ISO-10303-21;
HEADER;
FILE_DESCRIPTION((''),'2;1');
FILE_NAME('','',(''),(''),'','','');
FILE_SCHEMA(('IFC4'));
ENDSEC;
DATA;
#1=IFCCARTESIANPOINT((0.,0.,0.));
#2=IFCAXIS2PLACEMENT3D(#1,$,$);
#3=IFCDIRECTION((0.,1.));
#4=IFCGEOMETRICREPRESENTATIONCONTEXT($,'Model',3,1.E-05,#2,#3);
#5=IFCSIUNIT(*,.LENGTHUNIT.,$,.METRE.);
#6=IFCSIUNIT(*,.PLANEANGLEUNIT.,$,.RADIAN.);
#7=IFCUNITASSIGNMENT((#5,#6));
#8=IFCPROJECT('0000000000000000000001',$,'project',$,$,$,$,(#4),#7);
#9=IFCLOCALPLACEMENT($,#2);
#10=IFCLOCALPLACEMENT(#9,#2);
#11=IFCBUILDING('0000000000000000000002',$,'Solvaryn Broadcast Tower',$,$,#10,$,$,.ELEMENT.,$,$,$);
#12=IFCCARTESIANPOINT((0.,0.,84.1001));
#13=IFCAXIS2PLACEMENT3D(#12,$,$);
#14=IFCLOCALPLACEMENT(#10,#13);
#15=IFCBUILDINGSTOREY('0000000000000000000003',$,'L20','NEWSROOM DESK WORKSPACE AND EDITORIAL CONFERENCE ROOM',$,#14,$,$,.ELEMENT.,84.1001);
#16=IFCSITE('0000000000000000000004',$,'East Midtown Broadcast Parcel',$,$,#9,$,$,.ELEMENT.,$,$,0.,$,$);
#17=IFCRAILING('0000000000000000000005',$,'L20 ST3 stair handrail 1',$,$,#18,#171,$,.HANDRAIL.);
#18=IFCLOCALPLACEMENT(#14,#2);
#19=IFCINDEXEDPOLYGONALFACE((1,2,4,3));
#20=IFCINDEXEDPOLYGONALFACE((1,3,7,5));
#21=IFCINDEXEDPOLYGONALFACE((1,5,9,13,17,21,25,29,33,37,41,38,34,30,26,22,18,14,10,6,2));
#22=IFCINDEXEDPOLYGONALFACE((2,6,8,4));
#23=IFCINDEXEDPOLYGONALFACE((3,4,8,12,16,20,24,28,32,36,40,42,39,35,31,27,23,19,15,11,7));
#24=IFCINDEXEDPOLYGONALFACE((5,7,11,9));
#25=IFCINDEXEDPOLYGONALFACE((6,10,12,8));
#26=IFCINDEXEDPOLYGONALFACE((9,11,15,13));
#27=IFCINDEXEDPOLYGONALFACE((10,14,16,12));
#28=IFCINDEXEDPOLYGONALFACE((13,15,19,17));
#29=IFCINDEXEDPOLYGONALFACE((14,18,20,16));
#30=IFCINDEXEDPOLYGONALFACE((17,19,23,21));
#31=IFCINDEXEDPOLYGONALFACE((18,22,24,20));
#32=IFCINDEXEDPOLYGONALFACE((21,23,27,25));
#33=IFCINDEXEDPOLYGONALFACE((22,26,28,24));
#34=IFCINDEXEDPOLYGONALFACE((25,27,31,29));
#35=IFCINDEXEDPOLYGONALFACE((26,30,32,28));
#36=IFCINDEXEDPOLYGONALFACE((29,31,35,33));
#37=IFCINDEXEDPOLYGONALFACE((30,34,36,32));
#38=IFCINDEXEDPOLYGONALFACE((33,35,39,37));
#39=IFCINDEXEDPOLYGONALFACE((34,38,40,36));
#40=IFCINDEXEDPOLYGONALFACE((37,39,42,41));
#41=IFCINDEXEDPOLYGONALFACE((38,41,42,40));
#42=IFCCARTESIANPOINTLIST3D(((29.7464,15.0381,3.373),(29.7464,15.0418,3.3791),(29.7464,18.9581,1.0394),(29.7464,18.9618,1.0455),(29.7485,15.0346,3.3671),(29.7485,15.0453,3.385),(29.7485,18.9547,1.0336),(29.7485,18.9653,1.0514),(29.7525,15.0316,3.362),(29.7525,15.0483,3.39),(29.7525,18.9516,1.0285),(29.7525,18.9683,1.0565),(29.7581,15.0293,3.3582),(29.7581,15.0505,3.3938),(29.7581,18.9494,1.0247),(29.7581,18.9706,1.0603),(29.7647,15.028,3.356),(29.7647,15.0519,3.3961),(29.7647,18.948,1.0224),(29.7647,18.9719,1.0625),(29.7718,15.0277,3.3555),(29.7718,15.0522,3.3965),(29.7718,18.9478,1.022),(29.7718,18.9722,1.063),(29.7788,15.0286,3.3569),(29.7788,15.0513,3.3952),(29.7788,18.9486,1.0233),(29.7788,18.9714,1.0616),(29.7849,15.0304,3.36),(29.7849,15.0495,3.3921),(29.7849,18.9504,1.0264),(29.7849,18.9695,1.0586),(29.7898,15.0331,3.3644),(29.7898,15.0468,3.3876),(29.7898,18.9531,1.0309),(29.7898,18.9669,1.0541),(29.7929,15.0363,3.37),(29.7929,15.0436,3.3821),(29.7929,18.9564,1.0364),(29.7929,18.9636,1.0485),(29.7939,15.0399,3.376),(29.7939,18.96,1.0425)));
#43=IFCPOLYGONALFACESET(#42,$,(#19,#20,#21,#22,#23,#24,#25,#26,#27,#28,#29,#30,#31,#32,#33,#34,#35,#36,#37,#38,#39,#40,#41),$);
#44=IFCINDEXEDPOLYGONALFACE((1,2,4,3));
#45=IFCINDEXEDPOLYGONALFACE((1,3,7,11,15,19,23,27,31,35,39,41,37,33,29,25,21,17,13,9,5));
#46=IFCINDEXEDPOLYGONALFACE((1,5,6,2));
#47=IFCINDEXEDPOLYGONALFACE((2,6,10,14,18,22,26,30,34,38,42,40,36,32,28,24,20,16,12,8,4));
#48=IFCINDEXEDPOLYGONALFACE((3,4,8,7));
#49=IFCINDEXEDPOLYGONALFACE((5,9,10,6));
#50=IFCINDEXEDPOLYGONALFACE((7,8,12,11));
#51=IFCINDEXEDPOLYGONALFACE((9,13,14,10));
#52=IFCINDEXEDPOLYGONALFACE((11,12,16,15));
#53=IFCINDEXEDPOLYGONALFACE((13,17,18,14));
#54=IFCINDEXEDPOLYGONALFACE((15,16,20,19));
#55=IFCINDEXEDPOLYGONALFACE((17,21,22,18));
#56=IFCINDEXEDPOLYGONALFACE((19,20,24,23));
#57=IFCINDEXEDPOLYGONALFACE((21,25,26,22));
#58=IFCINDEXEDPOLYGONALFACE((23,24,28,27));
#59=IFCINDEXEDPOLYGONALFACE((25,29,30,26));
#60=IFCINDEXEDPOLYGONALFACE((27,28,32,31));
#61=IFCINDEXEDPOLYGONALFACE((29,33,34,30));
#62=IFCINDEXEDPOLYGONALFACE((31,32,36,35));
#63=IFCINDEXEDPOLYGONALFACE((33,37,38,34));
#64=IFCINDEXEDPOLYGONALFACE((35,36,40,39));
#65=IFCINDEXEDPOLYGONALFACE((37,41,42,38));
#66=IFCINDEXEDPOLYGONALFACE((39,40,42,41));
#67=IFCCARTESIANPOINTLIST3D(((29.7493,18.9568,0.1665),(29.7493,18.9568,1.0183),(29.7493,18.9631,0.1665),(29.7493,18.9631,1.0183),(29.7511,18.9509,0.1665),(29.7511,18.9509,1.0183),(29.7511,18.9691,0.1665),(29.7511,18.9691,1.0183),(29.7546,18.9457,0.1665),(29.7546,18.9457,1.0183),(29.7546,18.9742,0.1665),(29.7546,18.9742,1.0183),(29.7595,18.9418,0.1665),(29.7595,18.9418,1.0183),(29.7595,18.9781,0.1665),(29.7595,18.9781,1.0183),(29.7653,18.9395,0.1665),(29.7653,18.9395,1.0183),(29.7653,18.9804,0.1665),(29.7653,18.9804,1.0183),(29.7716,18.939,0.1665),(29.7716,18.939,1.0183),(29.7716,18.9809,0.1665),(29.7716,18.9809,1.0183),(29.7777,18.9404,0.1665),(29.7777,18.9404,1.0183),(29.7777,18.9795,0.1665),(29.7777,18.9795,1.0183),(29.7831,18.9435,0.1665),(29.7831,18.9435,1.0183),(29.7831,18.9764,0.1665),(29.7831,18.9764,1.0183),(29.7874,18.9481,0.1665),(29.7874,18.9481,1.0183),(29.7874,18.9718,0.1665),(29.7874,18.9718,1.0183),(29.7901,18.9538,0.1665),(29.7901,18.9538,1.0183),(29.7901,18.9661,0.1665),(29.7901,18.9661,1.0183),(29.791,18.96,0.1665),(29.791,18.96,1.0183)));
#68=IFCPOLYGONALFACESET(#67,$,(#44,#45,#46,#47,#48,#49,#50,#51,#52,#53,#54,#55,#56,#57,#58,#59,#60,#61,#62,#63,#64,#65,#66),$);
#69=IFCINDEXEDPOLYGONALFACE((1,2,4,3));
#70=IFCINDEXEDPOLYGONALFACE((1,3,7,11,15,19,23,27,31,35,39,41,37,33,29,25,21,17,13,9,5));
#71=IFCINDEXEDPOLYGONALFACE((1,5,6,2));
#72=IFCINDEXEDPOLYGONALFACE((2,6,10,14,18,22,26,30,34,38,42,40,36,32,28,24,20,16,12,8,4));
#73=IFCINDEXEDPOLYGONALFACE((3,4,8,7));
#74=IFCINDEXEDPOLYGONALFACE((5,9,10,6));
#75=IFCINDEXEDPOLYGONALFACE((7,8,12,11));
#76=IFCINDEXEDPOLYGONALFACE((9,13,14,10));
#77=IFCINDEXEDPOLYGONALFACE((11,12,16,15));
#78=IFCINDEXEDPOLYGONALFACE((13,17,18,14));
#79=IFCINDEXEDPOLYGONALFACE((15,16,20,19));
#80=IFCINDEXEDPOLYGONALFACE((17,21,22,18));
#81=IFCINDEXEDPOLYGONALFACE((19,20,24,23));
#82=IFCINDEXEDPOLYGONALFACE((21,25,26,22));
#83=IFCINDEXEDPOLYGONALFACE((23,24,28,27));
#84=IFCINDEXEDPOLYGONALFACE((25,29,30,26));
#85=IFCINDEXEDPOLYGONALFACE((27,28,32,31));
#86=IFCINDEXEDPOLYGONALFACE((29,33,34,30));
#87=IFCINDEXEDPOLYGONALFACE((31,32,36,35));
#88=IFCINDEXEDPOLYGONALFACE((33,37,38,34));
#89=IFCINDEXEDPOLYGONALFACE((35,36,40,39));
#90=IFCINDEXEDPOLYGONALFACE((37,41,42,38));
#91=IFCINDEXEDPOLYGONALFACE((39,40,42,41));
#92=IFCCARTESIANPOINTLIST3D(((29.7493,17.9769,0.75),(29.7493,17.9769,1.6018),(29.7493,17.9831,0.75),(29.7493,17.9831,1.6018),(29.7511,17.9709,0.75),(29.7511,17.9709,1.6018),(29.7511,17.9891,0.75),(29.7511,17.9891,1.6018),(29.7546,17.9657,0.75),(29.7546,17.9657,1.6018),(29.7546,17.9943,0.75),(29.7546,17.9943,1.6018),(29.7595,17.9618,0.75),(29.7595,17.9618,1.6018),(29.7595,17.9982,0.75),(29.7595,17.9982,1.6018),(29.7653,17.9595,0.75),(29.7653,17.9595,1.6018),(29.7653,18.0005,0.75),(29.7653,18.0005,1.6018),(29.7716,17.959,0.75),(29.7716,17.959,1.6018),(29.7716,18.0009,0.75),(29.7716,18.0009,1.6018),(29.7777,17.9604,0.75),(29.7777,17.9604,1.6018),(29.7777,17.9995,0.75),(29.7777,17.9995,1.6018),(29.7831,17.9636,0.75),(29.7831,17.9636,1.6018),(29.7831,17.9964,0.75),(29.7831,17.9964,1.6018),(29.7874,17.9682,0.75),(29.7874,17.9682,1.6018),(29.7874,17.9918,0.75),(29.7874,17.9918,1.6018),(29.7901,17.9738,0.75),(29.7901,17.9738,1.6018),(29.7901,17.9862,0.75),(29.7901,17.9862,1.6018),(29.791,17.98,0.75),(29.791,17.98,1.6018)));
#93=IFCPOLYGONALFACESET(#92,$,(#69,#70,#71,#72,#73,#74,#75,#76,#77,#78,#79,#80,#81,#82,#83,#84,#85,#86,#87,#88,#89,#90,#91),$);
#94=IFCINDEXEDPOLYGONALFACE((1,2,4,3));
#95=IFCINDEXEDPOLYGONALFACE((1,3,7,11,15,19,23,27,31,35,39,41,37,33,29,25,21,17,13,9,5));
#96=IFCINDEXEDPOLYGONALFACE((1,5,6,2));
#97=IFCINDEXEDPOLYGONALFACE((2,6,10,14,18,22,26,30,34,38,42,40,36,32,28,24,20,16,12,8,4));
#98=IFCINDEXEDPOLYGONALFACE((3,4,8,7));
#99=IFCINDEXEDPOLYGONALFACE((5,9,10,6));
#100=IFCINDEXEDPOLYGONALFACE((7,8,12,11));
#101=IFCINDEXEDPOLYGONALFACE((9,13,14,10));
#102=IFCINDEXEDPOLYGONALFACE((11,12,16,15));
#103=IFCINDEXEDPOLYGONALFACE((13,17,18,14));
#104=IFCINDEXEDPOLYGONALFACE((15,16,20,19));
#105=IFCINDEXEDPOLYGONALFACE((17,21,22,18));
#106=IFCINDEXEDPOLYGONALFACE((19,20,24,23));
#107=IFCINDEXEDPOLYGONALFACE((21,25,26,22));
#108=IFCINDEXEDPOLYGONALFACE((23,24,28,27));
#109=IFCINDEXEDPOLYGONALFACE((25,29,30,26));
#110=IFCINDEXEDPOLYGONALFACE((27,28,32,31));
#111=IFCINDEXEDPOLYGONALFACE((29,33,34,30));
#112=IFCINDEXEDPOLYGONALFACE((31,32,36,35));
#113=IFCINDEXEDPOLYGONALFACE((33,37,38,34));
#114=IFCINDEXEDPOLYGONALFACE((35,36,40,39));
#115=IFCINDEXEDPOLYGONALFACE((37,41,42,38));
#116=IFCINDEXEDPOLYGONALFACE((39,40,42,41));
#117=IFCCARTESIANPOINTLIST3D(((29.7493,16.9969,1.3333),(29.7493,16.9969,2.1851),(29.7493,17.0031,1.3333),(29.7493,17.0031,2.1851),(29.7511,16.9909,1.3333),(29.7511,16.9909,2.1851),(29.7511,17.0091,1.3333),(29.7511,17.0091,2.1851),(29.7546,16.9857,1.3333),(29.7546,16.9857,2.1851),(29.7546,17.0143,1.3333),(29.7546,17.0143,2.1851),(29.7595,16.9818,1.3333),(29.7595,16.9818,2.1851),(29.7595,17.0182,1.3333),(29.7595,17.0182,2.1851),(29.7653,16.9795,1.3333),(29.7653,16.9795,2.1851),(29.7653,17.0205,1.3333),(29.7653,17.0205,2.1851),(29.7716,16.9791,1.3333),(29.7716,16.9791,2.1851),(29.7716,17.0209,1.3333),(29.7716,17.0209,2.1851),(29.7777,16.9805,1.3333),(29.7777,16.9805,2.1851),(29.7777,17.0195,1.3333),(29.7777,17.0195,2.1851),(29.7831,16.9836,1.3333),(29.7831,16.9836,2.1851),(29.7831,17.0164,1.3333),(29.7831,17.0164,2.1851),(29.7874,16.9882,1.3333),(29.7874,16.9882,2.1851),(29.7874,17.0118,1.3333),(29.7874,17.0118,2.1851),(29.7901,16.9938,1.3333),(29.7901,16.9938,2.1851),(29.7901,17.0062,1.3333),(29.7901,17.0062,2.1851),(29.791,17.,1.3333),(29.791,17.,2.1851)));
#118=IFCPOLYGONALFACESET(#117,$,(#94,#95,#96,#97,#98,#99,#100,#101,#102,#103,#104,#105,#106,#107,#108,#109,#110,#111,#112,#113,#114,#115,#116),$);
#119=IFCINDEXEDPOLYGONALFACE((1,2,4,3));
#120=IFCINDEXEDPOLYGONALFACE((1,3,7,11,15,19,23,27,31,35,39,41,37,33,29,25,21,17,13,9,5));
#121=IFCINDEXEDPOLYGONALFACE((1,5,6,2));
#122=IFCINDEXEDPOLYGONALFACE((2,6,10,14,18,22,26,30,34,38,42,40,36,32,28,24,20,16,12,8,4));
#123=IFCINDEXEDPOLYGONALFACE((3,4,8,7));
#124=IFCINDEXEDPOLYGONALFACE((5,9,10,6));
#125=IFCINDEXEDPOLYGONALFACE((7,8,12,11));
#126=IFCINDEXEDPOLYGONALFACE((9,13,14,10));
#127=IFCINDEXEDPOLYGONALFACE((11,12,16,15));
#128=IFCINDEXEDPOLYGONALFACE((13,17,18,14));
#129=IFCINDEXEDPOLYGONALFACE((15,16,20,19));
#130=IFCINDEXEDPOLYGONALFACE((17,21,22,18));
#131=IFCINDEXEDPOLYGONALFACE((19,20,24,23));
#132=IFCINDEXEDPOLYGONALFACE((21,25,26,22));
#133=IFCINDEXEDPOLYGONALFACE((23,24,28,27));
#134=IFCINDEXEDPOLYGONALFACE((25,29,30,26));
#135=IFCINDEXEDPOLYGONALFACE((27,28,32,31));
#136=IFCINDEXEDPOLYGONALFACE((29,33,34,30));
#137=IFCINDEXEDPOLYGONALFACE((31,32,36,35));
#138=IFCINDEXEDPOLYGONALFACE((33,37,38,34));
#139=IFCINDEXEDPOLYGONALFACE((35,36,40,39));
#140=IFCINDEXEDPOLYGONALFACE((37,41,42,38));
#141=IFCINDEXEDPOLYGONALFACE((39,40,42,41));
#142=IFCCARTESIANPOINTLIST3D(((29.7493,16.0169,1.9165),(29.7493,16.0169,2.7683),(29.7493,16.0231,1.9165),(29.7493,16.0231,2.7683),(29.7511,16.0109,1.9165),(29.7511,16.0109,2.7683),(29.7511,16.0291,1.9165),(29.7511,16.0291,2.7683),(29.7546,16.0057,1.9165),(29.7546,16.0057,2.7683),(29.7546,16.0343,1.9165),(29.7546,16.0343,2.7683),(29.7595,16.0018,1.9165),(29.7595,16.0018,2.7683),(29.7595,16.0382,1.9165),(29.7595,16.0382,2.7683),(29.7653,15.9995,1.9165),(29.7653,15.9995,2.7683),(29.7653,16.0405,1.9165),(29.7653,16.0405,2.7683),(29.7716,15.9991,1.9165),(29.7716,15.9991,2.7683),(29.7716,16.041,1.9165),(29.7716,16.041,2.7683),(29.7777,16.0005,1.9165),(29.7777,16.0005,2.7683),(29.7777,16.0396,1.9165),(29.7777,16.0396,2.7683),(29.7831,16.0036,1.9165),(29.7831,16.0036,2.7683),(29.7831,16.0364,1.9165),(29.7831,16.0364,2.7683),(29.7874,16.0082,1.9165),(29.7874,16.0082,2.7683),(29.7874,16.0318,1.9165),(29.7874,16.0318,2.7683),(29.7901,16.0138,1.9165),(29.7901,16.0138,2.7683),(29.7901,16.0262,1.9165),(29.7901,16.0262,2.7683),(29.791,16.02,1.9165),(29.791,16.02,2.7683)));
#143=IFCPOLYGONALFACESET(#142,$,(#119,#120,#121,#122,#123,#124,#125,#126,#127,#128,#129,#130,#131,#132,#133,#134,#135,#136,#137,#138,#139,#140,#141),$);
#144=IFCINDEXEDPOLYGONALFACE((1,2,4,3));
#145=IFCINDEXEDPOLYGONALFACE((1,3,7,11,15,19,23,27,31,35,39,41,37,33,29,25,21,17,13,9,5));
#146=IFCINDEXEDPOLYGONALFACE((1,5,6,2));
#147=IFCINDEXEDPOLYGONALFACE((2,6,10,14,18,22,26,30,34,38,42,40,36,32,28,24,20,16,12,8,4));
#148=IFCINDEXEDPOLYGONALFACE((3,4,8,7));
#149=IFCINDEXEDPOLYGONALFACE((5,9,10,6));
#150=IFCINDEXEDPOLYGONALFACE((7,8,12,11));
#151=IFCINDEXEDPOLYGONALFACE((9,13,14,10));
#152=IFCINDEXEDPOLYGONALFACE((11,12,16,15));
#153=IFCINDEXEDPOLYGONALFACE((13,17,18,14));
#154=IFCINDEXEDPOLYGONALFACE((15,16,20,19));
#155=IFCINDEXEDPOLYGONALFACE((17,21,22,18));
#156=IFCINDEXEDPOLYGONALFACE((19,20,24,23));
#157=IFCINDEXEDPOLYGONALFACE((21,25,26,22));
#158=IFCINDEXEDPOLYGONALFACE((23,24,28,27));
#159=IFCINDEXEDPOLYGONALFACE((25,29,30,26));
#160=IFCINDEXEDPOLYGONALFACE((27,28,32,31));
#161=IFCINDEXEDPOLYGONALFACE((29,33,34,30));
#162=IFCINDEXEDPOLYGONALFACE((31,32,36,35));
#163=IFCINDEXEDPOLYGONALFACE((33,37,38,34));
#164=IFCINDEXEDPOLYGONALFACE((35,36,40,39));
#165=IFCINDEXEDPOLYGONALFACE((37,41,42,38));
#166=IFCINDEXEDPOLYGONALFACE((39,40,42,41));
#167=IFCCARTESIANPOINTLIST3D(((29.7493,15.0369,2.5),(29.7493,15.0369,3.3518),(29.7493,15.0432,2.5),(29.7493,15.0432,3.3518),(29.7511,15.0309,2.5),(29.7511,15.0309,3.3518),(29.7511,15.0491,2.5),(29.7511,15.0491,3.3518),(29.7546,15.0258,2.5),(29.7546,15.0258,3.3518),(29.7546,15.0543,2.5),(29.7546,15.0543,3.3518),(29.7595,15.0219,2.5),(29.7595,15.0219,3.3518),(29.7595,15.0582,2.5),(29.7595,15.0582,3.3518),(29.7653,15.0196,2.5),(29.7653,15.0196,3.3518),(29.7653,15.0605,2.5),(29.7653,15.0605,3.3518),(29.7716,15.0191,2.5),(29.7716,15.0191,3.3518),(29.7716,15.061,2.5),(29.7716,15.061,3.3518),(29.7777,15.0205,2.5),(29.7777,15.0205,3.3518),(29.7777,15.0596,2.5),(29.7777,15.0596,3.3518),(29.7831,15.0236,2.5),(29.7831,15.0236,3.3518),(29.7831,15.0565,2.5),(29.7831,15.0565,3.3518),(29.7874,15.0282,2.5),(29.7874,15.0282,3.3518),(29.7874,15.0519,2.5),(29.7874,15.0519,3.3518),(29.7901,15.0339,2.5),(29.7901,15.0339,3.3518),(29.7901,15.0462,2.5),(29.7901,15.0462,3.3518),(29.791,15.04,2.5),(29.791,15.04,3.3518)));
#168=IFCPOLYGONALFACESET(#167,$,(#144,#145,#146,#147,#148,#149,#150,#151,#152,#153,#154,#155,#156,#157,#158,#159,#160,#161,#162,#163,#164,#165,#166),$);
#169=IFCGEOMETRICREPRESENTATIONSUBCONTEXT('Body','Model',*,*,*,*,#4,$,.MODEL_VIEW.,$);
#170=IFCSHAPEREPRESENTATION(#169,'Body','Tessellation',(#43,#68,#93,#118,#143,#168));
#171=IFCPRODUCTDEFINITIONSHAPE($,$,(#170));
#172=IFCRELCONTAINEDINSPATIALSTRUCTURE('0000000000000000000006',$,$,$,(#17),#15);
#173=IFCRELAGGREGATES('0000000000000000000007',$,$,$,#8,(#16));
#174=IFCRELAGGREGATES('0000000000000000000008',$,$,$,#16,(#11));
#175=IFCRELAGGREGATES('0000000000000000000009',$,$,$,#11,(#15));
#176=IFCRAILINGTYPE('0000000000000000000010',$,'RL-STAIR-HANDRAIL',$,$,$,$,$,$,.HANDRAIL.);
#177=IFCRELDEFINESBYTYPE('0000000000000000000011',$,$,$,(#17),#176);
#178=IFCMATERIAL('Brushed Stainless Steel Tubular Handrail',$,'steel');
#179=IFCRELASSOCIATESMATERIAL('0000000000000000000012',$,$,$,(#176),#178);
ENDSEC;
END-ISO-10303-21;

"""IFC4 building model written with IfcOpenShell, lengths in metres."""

from ifc_helpers import new_model, si_unit, direction, frame, origin, origin_2d, place, context, subcontext, project, spatial, circle, extrude, material, type_object, element, save


model = new_model("IFC4")

# Units and contexts
model_context = context("Model", 3, precision=1e-05, world=origin(), true_north=direction((0.0, 1.0)))
body_context = subcontext(model_context, "Body", "Model", "MODEL_VIEW")
ifc_project = project(units=[si_unit("LENGTHUNIT", "METRE"), si_unit("PLANEANGLEUNIT", "RADIAN")], contexts=[model_context])

# Site, building, storey
site_placement = place(None, origin())
site = spatial("IfcSite", under=ifc_project, at=site_placement, Name="East Midtown Broadcast Parcel", CompositionType="ELEMENT", RefElevation=0.0)
building_placement = place(site_placement, origin())
building = spatial("IfcBuilding", under=site, at=building_placement, Name="Solvaryn Broadcast Tower", CompositionType="ELEMENT")
storey_placement = place(building_placement, frame((0.0, 0.0, 84.1001)))
storey = spatial("IfcBuildingStorey", under=building, at=storey_placement, Name="L20", Description="NEWSROOM DESK WORKSPACE AND EDITORIAL CONFERENCE ROOM", CompositionType="ELEMENT", Elevation=84.1001)

# Railing
ifc_material_1 = material(Name="Brushed Stainless Steel Tubular Handrail", Category="steel")
railing_type_1 = type_object("IfcRailingType", Name="RL-STAIR-HANDRAIL", PredefinedType="HANDRAIL", material=ifc_material_1)
railing_1_placement = place(storey_placement, frame((29.77, 18.96, 0.1665)))
element("IfcRailing", 1, at=railing_1_placement, inside=storey, type_object=railing_type_1, Name="L20 ST3 stair handrail 1", PredefinedType="HANDRAIL", context=body_context, shape_type="SweptSolid", body=[
    extrude(circle(Radius=0.0239, at=origin_2d()), frame((0.0, 0.0, 0.876), z_axis=(0.0, -0.859273, 0.511518), x_axis=(1.0, 0.0, 0.0)), (0.0, 0.0, 1.0), 4.562),
    extrude(circle(Radius=0.021, at=origin_2d()), origin(), (0.0, 0.0, 1.0), 0.8518),
    extrude(circle(Radius=0.021, at=origin_2d()), frame((0.0, -0.98, 0.5835)), (0.0, 0.0, 1.0), 0.8518),
    extrude(circle(Radius=0.021, at=origin_2d()), frame((0.0, -1.96, 1.1667)), (0.0, 0.0, 1.0), 0.8518),
    extrude(circle(Radius=0.021, at=origin_2d()), frame((0.0, -2.9399, 1.75)), (0.0, 0.0, 1.0), 0.8518),
    extrude(circle(Radius=0.021, at=origin_2d()), frame((0.0, -3.9199, 2.3335)), (0.0, 0.0, 1.0), 0.8518),
])

save(model, "model.ifc")
